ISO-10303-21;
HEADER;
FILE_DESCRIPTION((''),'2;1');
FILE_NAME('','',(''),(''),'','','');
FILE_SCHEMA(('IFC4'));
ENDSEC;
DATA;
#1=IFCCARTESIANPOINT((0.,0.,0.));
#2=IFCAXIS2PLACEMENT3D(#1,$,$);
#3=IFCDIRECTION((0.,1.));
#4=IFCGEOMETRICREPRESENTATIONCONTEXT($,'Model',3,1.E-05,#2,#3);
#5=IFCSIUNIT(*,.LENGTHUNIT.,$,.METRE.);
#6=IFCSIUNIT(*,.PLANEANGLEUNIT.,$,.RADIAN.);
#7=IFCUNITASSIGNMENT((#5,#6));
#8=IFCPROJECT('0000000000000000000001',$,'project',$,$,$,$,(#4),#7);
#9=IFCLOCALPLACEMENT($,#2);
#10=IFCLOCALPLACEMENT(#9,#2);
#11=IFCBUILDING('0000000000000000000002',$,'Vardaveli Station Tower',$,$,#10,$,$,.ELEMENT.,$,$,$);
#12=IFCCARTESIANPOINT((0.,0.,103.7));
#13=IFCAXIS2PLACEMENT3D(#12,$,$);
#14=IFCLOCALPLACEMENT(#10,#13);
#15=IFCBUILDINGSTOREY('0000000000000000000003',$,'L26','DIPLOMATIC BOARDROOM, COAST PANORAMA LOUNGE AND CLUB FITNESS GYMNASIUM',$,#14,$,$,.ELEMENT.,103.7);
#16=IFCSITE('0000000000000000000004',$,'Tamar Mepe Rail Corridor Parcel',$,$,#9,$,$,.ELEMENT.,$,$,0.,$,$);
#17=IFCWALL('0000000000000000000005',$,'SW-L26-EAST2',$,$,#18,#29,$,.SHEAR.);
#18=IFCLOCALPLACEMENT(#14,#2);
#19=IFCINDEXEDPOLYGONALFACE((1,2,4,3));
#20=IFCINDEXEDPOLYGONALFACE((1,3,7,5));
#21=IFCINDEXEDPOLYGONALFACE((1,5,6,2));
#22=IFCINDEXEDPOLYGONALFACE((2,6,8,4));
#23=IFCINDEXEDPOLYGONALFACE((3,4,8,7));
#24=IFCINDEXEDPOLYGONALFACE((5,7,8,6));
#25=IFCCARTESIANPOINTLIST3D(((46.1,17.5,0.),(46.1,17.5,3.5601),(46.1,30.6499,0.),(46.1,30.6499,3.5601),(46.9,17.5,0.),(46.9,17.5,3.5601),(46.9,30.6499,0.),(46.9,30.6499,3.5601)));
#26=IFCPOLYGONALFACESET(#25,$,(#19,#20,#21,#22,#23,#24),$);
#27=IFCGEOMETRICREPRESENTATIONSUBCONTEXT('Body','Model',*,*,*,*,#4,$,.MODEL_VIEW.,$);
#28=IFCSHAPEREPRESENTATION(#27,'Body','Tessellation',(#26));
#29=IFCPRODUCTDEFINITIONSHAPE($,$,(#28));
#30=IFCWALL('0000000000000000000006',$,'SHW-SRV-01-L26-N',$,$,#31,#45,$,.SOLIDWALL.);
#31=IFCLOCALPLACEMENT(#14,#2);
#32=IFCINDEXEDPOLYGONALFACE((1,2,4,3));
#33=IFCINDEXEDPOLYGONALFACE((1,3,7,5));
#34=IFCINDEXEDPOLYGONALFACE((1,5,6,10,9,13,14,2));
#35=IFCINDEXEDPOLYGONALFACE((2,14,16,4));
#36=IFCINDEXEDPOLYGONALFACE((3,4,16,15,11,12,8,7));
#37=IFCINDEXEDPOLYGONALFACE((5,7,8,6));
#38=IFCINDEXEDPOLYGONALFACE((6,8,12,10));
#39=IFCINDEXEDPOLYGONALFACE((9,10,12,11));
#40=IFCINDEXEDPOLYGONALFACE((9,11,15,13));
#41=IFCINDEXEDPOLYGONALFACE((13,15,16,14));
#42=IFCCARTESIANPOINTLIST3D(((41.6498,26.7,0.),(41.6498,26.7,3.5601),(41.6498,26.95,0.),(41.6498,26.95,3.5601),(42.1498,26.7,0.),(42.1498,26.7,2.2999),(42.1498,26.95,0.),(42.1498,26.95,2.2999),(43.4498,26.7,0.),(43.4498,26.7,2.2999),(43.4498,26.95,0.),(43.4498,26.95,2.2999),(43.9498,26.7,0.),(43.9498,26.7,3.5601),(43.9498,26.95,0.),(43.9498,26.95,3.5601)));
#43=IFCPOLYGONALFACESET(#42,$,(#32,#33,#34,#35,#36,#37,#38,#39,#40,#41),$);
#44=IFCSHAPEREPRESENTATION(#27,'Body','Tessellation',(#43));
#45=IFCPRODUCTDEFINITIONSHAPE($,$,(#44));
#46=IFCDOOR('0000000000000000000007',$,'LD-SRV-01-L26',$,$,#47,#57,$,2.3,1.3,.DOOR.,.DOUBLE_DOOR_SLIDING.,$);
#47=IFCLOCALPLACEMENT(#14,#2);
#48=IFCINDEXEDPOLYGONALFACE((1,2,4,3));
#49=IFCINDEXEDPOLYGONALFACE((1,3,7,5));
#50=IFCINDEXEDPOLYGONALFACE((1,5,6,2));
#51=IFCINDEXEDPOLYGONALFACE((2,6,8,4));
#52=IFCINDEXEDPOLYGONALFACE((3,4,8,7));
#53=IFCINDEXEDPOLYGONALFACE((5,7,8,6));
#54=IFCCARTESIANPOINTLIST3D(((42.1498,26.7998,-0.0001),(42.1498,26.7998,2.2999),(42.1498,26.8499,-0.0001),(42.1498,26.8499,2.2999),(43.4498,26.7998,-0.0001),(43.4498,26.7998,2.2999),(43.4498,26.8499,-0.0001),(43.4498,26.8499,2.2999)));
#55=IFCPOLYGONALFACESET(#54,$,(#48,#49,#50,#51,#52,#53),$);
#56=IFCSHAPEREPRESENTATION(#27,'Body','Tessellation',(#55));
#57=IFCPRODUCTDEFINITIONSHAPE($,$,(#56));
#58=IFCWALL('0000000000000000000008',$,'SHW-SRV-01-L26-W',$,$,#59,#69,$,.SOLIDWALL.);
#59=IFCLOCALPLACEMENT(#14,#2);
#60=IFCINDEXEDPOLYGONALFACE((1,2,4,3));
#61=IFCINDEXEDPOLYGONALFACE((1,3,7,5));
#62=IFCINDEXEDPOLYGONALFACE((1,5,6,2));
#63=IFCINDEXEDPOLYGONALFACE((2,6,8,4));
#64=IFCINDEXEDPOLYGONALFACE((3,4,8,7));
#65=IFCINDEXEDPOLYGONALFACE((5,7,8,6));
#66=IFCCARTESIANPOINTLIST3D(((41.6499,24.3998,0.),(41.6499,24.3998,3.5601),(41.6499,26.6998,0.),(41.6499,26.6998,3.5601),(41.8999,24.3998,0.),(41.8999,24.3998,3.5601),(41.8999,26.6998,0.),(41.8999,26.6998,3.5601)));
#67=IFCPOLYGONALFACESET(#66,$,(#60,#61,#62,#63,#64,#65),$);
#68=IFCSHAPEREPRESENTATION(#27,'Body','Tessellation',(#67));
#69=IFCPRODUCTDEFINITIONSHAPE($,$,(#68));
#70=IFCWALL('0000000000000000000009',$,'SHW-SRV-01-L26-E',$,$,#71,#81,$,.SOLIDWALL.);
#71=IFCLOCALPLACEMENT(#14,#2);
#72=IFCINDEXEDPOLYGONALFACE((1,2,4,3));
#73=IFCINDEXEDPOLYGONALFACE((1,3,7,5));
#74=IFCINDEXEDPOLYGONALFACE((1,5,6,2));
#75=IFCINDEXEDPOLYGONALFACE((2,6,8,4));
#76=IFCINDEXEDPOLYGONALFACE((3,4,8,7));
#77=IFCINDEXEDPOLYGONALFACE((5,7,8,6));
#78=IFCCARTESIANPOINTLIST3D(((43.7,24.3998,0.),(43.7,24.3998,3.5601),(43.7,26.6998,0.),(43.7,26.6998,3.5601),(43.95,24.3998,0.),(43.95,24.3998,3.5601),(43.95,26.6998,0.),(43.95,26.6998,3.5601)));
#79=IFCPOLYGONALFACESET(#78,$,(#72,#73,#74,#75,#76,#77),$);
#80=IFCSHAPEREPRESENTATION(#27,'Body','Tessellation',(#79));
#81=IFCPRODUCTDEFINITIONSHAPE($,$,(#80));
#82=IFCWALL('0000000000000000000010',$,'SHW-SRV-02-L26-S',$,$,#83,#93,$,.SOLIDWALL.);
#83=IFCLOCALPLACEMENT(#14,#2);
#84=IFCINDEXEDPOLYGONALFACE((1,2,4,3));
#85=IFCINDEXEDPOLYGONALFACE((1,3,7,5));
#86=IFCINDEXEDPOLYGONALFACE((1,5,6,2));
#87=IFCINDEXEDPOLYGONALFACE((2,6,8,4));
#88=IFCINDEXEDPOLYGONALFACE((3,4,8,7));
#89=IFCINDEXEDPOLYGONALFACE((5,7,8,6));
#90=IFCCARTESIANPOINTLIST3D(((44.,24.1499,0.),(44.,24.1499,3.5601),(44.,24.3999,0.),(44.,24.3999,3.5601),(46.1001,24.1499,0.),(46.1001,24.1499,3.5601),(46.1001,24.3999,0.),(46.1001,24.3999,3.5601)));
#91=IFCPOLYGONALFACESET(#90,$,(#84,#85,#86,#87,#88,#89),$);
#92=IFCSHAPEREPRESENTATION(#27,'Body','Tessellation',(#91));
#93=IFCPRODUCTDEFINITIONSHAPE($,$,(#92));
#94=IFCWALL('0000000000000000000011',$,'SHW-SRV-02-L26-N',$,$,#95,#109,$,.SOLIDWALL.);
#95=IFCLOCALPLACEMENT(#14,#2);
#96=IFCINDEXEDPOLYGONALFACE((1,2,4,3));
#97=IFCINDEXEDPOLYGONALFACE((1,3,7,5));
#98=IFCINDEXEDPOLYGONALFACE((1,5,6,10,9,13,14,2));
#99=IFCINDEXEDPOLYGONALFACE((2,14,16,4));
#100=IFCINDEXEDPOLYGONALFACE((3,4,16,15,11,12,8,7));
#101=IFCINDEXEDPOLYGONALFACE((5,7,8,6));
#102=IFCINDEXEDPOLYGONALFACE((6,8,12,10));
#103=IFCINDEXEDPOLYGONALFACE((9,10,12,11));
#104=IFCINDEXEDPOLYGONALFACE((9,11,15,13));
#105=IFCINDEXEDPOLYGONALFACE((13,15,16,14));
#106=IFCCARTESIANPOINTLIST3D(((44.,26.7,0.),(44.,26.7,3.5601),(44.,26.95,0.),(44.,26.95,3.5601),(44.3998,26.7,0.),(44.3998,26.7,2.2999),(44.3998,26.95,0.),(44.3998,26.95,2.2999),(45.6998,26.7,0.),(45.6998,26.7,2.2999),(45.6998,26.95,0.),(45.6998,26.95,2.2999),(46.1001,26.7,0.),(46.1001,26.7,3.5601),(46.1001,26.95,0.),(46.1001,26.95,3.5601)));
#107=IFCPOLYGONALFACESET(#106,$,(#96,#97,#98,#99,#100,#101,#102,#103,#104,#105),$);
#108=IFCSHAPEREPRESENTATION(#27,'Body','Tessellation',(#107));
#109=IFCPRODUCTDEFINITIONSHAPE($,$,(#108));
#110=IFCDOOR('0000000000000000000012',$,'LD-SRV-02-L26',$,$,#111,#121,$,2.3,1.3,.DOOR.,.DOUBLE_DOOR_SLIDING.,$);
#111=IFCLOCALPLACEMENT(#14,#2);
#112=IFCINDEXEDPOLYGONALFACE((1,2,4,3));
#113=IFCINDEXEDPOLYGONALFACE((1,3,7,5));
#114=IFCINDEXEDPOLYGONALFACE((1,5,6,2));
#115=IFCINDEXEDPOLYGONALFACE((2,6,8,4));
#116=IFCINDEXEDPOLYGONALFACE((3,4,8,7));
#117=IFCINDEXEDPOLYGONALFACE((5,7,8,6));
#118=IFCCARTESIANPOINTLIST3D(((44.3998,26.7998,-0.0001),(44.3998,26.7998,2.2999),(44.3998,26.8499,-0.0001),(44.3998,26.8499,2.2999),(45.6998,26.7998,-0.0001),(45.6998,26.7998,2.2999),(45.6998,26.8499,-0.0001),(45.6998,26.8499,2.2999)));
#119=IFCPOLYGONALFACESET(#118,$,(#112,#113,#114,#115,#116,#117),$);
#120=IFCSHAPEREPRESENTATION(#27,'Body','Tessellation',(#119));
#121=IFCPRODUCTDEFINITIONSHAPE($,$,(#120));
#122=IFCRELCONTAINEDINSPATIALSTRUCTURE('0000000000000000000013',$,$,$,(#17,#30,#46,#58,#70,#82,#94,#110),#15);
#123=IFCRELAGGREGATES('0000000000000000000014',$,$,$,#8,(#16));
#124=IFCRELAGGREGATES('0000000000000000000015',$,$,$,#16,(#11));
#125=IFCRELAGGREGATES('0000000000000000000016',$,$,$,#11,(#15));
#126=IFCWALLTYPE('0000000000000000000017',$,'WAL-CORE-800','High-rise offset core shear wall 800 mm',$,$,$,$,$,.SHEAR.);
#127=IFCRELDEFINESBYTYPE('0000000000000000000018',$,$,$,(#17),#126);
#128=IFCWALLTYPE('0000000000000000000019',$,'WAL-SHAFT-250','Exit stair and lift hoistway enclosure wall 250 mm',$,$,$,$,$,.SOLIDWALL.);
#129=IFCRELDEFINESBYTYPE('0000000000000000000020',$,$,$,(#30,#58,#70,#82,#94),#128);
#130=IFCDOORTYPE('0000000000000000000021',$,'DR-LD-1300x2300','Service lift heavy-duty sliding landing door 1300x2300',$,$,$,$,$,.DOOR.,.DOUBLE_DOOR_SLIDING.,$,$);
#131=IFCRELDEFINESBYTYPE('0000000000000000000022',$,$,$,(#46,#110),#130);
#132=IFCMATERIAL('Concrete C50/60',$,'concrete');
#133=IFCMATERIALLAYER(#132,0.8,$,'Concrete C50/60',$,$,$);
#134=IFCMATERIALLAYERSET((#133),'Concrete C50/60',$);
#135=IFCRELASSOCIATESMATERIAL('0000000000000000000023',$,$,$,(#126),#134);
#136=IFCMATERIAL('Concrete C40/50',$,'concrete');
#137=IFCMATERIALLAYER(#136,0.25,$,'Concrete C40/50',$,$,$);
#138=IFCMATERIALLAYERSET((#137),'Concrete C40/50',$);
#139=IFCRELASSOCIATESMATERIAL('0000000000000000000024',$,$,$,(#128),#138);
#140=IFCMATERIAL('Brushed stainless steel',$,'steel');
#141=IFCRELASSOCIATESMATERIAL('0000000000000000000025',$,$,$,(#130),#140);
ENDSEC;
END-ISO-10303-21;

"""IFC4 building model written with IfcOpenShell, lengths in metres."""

from ifc_helpers import new_model, si_unit, direction, frame, frame_2d, origin, place, context, subcontext, project, spatial, rectangle, extrude, source, transform, mapped, material, layer, layer_set, type_object, element, fill, save


model = new_model("IFC4")

# Units and contexts
model_context = context("Model", 3, precision=1e-05, world=origin(), true_north=direction((0.0, 1.0)))
body_context = subcontext(model_context, "Body", "Model", "MODEL_VIEW")
ifc_project = project(units=[si_unit("LENGTHUNIT", "METRE"), si_unit("PLANEANGLEUNIT", "RADIAN")], contexts=[model_context])

# Site, building, storey
site_placement = place(None, origin())
site = spatial("IfcSite", under=ifc_project, at=site_placement, Name="Tamar Mepe Rail Corridor Parcel", CompositionType="ELEMENT", RefElevation=0.0)
building_placement = place(site_placement, origin())
building = spatial("IfcBuilding", under=site, at=building_placement, Name="Vardaveli Station Tower", CompositionType="ELEMENT")
storey_placement = place(building_placement, frame((0.0, 0.0, 103.7)))
storey = spatial("IfcBuildingStorey", under=building, at=storey_placement, Name="L26", Description="DIPLOMATIC BOARDROOM, COAST PANORAMA LOUNGE AND CLUB FITNESS GYMNASIUM", CompositionType="ELEMENT", Elevation=103.7)

# Wall
ifc_material_1 = material(Name="Concrete C50/60", Category="concrete")
ifc_layer_1 = layer(ifc_material_1, 0.8, Name="Concrete C50/60")
ifc_layer_set_1 = layer_set([ifc_layer_1], Name="Concrete C50/60")
wall_type_1 = type_object("IfcWallType", Name="WAL-CORE-800", Description="High-rise offset core shear wall 800 mm", PredefinedType="SHEAR", material=ifc_layer_set_1)
shared_shape_1 = source(origin(), body_context, "Body", "SweptSolid", [
    extrude(rectangle(XDim=13.1499, YDim=0.8, at=frame_2d((6.575, 0.0))), origin(), (0.0, 0.0, 1.0), 3.5601),
])
wall_1_placement = place(storey_placement, frame((46.5, 17.5, 0.0), z_axis=(0.0, 0.0, 1.0), x_axis=(0.0, 1.0, 0.0)))
element("IfcWall", 1, at=wall_1_placement, inside=storey, type_object=wall_type_1, Name="SW-L26-EAST2", PredefinedType="SHEAR", context=body_context, shape_type="MappedRepresentation", body=[
    mapped(shared_shape_1, transform((0.0, 0.0, 0.0), scale=1.0)),
])

# Wall, opening, door
ifc_material_2 = material(Name="Concrete C40/50", Category="concrete")
ifc_layer_2 = layer(ifc_material_2, 0.25, Name="Concrete C40/50")
ifc_layer_set_2 = layer_set([ifc_layer_2], Name="Concrete C40/50")
wall_type_2 = type_object("IfcWallType", Name="WAL-SHAFT-250", Description="Exit stair and lift hoistway enclosure wall 250 mm", PredefinedType="SOLIDWALL", material=ifc_layer_set_2)
shared_shape_2 = source(origin(), body_context, "Body", "SweptSolid", [
    extrude(rectangle(XDim=2.3, YDim=0.25, at=frame_2d((1.1499, 0.0))), origin(), (0.0, 0.0, 1.0), 3.5601),
])
wall_2_placement = place(storey_placement, frame((41.6499, 26.825, 0.0), z_axis=(0.0, 0.0, 1.0), x_axis=(1.0, 0.0, 0.0)))
wall_2 = element("IfcWall", 2, at=wall_2_placement, inside=storey, type_object=wall_type_2, Name="SHW-SRV-01-L26-N", PredefinedType="SOLIDWALL", context=body_context, shape_type="MappedRepresentation", body=[
    mapped(shared_shape_2, transform((0.0, 0.0, 0.0), scale=1.0)),
])
shared_shape_3 = source(origin(), body_context, "Body", "SweptSolid", [
    extrude(rectangle(XDim=1.3, YDim=2.3, at=frame_2d((0.6499, 1.1499))), frame((0.0, 0.135, 0.0), z_axis=(0.0, -1.0, 0.0), x_axis=(1.0, 0.0, 0.0)), (0.0, 0.0, 1.0), 0.27),
])
opening_1_placement = place(wall_2_placement, frame((0.5, 0.0, 0.0)))
opening_1 = element("IfcOpeningElement", 3, at=opening_1_placement, cuts=wall_2, PredefinedType="OPENING", context=body_context, shape_type="MappedRepresentation", body=[
    mapped(shared_shape_3, transform((0.0, 0.0, 0.0), scale=1.0)),
])
ifc_material_3 = material(Name="Brushed stainless steel", Category="steel")
door_type = type_object("IfcDoorType", Name="DR-LD-1300x2300", Description="Service lift heavy-duty sliding landing door 1300x2300", OperationType="DOUBLE_DOOR_SLIDING", PredefinedType="DOOR", material=ifc_material_3)
shared_shape_4 = source(origin(), body_context, "Body", "SweptSolid", [
    extrude(rectangle(XDim=1.3, YDim=2.3, at=frame_2d((0.6499, 1.1499))), frame((0.0, 0.0249, 0.0), z_axis=(0.0, -1.0, 0.0), x_axis=(1.0, 0.0, 0.0)), (0.0, 0.0, 1.0), 0.05),
])
door_1_placement = place(opening_1_placement, origin())
door_1 = element("IfcDoor", 4, at=door_1_placement, inside=storey, type_object=door_type, Name="LD-SRV-01-L26", OperationType="DOUBLE_DOOR_SLIDING", OverallHeight=2.3, OverallWidth=1.3, PredefinedType="DOOR", context=body_context, shape_type="MappedRepresentation", body=[
    mapped(shared_shape_4, transform((0.0, 0.0, 0.0), scale=1.0)),
])
fill(opening_1, door_1)

# Walls
for number, where, z_axis, x_axis, name in (
    (5, (41.7749, 24.3999, 0.0), (0.0, 0.0, 1.0), (0.0, 1.0, 0.0), "SHW-SRV-01-L26-W"),
    (6, (43.825, 24.3999, 0.0), (0.0, 0.0, 1.0), (0.0, 1.0, 0.0), "SHW-SRV-01-L26-E"),
):
    element("IfcWall", number, at=place(storey_placement, frame(where, z_axis=z_axis, x_axis=x_axis)), inside=storey, type_object=wall_type_2, Name=name, PredefinedType="SOLIDWALL", context=body_context, shape_type="MappedRepresentation", body=[
        mapped(shared_shape_2, transform((0.0, 0.0, 0.0), scale=1.0)),
    ])
shared_shape_5 = source(origin(), body_context, "Body", "SweptSolid", [
    extrude(rectangle(XDim=2.1001, YDim=0.25, at=frame_2d((1.05, 0.0))), origin(), (0.0, 0.0, 1.0), 3.5601),
])
wall_3_placement = place(storey_placement, frame((44.0, 24.2749, 0.0), z_axis=(0.0, 0.0, 1.0), x_axis=(1.0, 0.0, 0.0)))
element("IfcWall", 7, at=wall_3_placement, inside=storey, type_object=wall_type_2, Name="SHW-SRV-02-L26-S", PredefinedType="SOLIDWALL", context=body_context, shape_type="MappedRepresentation", body=[
    mapped(shared_shape_5, transform((0.0, 0.0, 0.0), scale=1.0)),
])

# Wall, opening, door
wall_4_placement = place(storey_placement, frame((44.0, 26.825, 0.0), z_axis=(0.0, 0.0, 1.0), x_axis=(1.0, 0.0, 0.0)))
wall_4 = element("IfcWall", 8, at=wall_4_placement, inside=storey, type_object=wall_type_2, Name="SHW-SRV-02-L26-N", PredefinedType="SOLIDWALL", context=body_context, shape_type="MappedRepresentation", body=[
    mapped(shared_shape_5, transform((0.0, 0.0, 0.0), scale=1.0)),
])
opening_2_placement = place(wall_4_placement, frame((0.3999, 0.0, 0.0)))
opening_2 = element("IfcOpeningElement", 9, at=opening_2_placement, cuts=wall_4, PredefinedType="OPENING", context=body_context, shape_type="MappedRepresentation", body=[
    mapped(shared_shape_3, transform((0.0, 0.0, 0.0), scale=1.0)),
])
door_2_placement = place(opening_2_placement, origin())
door_2 = element("IfcDoor", 10, at=door_2_placement, inside=storey, type_object=door_type, Name="LD-SRV-02-L26", OperationType="DOUBLE_DOOR_SLIDING", OverallHeight=2.3, OverallWidth=1.3, PredefinedType="DOOR", context=body_context, shape_type="MappedRepresentation", body=[
    mapped(shared_shape_4, transform((0.0, 0.0, 0.0), scale=1.0)),
])
fill(opening_2, door_2)

save(model, "model.ifc")
